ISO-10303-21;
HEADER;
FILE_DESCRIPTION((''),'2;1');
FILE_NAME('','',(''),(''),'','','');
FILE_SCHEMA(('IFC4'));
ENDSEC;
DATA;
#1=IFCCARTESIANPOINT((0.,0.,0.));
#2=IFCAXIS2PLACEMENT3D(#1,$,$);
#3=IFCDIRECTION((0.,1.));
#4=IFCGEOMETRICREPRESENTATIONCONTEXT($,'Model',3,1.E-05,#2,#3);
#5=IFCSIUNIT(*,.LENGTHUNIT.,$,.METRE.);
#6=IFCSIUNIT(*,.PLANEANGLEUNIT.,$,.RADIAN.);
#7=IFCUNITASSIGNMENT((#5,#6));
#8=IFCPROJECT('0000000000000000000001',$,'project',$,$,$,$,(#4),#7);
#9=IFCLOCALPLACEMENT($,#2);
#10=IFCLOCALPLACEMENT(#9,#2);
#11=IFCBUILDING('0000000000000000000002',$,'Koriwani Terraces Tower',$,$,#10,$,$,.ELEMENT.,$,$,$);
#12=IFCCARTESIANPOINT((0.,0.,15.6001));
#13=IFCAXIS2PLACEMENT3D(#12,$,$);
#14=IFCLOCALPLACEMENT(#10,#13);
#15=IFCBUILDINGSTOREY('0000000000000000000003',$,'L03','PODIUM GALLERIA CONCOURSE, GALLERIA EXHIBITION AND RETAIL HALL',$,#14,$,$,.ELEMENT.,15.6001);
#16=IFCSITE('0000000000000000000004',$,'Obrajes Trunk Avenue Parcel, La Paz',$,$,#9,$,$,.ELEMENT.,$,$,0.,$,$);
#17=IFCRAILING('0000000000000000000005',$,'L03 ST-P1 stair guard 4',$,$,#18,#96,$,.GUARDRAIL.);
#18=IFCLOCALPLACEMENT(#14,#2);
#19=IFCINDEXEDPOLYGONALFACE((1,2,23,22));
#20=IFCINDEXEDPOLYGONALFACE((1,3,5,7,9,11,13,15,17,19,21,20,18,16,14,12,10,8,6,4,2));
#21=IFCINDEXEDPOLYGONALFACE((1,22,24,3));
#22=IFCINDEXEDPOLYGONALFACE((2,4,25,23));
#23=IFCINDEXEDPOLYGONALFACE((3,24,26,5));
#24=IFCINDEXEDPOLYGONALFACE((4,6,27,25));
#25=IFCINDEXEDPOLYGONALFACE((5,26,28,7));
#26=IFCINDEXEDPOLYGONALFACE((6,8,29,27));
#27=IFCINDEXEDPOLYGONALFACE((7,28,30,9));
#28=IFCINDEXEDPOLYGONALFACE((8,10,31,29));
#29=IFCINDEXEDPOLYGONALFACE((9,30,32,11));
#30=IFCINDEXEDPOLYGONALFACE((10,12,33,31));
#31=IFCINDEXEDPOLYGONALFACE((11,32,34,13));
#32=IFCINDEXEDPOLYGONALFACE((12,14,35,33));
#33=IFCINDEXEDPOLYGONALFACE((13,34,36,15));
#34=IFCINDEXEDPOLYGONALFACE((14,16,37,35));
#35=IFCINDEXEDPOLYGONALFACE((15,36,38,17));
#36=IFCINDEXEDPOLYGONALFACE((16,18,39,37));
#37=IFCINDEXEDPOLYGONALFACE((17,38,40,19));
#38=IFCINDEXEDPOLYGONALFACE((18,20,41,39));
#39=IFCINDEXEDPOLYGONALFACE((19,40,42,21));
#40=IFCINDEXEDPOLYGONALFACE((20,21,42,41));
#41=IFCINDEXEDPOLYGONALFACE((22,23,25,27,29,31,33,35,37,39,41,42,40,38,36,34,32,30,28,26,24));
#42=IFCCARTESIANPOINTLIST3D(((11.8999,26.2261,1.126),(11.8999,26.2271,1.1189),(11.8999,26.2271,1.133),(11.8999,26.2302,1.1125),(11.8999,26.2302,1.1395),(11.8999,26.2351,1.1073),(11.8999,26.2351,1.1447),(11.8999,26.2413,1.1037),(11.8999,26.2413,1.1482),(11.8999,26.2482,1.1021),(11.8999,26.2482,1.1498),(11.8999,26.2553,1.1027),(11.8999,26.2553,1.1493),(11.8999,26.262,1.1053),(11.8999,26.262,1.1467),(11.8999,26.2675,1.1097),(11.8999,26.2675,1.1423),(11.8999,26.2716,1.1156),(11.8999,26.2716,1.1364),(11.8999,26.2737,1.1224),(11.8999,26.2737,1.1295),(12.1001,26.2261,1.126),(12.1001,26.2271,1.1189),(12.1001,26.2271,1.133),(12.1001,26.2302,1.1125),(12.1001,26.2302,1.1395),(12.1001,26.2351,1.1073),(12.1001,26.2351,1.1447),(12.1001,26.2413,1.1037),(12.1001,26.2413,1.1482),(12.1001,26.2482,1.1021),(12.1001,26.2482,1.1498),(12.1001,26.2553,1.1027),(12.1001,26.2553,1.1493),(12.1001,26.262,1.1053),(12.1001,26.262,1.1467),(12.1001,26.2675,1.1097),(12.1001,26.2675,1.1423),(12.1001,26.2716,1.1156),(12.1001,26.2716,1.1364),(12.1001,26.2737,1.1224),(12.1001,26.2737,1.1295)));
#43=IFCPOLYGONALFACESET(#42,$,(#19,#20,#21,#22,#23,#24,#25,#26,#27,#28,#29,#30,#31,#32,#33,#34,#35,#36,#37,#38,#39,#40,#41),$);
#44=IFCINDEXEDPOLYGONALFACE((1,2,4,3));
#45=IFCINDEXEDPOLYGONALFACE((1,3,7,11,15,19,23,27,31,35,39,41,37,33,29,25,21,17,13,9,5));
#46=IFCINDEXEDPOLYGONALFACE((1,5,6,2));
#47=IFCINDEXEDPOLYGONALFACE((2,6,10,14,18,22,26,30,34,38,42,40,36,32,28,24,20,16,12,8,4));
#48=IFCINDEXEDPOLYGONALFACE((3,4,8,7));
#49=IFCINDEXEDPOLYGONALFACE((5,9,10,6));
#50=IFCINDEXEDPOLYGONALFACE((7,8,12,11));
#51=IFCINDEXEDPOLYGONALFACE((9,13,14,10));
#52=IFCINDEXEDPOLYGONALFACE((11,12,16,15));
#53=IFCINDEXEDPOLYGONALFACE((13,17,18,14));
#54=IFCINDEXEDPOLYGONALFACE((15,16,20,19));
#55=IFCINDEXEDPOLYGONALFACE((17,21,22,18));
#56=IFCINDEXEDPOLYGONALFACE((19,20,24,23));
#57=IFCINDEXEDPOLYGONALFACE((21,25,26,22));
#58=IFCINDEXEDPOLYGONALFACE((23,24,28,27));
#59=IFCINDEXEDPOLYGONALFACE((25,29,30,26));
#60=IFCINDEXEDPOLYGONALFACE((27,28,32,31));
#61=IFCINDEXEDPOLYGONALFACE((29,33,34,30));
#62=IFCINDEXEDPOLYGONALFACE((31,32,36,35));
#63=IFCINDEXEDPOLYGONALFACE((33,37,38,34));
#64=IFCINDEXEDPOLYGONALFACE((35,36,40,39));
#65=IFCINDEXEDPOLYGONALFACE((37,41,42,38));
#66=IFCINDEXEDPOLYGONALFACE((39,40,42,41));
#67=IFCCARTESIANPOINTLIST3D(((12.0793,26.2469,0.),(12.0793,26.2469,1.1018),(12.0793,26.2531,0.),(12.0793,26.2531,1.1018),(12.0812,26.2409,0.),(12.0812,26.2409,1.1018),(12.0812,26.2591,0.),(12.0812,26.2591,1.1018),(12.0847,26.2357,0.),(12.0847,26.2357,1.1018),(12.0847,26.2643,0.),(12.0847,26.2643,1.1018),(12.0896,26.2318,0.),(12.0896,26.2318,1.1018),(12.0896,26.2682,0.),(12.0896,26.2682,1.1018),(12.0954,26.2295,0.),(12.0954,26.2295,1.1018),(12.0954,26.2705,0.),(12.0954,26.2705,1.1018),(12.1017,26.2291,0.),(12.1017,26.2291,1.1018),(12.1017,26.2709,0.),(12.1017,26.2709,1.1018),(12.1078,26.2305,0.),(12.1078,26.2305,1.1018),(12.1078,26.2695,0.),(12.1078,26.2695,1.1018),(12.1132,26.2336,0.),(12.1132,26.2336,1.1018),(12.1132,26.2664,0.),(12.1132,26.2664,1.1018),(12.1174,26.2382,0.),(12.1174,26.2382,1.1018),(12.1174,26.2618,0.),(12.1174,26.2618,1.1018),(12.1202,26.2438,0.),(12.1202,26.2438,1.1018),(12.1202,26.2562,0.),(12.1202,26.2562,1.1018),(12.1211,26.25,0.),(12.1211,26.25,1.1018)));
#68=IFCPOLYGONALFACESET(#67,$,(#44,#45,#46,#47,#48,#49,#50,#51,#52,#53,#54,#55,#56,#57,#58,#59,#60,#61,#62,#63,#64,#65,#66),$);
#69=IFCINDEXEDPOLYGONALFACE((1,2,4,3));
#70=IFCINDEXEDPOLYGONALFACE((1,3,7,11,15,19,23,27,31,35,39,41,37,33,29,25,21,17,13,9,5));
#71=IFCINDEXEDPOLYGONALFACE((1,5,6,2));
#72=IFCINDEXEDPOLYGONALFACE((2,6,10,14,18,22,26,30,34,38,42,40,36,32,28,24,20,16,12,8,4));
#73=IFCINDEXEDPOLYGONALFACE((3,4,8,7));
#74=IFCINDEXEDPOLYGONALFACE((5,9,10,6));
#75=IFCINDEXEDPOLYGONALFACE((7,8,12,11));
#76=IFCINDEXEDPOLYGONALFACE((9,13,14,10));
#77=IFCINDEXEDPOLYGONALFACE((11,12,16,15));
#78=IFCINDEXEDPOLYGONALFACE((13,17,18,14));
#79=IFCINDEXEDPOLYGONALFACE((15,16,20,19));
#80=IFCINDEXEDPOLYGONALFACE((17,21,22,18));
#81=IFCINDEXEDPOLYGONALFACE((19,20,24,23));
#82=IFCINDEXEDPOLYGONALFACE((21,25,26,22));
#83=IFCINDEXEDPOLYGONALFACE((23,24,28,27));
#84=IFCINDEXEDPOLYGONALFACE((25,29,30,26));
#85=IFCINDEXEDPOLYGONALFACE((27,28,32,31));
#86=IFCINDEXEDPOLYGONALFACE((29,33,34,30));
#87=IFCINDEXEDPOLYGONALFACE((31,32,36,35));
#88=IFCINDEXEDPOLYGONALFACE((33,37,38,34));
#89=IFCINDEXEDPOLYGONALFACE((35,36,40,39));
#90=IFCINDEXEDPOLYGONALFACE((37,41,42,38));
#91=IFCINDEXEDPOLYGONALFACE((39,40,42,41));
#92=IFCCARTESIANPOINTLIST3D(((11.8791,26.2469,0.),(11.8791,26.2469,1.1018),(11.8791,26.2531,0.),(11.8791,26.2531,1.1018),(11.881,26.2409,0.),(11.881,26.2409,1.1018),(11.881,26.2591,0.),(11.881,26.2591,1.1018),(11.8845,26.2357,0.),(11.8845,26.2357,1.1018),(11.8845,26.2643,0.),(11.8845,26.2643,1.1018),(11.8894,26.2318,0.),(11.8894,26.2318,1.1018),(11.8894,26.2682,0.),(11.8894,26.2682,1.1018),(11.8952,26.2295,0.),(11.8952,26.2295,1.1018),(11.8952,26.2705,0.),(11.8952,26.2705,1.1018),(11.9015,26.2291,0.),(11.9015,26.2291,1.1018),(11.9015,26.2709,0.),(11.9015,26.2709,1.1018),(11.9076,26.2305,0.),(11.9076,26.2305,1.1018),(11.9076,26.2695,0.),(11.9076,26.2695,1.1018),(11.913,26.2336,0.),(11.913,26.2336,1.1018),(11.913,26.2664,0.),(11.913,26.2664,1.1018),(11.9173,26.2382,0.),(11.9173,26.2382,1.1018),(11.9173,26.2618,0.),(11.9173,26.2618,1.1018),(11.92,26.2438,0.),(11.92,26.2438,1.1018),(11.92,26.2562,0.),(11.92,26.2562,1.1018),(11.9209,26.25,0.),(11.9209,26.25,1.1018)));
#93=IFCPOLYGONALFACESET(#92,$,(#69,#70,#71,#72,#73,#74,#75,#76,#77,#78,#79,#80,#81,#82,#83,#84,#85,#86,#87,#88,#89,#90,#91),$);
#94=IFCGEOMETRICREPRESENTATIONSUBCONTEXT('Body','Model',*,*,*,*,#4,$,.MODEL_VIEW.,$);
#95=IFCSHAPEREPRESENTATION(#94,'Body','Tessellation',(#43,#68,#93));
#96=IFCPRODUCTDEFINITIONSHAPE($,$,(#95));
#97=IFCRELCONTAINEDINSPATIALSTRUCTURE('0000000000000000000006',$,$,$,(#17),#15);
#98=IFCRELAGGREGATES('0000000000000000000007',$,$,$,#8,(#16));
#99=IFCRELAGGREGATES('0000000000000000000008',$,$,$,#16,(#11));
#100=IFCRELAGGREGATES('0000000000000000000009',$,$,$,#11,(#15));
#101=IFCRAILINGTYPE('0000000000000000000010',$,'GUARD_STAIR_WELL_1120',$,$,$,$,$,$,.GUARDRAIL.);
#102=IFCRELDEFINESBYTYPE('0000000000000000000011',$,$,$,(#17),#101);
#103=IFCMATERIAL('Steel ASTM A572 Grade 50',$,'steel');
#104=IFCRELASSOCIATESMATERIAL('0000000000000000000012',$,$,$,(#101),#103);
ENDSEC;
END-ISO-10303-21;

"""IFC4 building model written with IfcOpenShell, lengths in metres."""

from ifc_helpers import new_model, si_unit, direction, frame, origin, origin_2d, place, context, subcontext, project, spatial, circle, extrude, material, type_object, element, save


model = new_model("IFC4")

# Units and contexts
model_context = context("Model", 3, precision=1e-05, world=origin(), true_north=direction((0.0, 1.0)))
body_context = subcontext(model_context, "Body", "Model", "MODEL_VIEW")
ifc_project = project(units=[si_unit("LENGTHUNIT", "METRE"), si_unit("PLANEANGLEUNIT", "RADIAN")], contexts=[model_context])

# Site, building, storey
site_placement = place(None, origin())
site = spatial("IfcSite", under=ifc_project, at=site_placement, Name="Obrajes Trunk Avenue Parcel, La Paz", CompositionType="ELEMENT", RefElevation=0.0)
building_placement = place(site_placement, origin())
building = spatial("IfcBuilding", under=site, at=building_placement, Name="Koriwani Terraces Tower", CompositionType="ELEMENT")
storey_placement = place(building_placement, frame((0.0, 0.0, 15.6001)))
storey = spatial("IfcBuildingStorey", under=building, at=storey_placement, Name="L03", Description="PODIUM GALLERIA CONCOURSE, GALLERIA EXHIBITION AND RETAIL HALL", CompositionType="ELEMENT", Elevation=15.6001)

# Shared definitions
ifc_material_1 = material(Name="Steel ASTM A572 Grade 50", Category="steel")

# Railing
railing_type_1 = type_object("IfcRailingType", Name="GUARD_STAIR_WELL_1120", PredefinedType="GUARDRAIL", material=ifc_material_1)
railing_1_placement = place(storey_placement, frame((12.1001, 26.25, 0.0)))
element("IfcRailing", 1, at=railing_1_placement, inside=storey, type_object=railing_type_1, Name="L03 ST-P1 stair guard 4", PredefinedType="GUARDRAIL", context=body_context, shape_type="SweptSolid", body=[
    extrude(circle(Radius=0.0239, at=origin_2d()), frame((0.0, 0.0, 1.126), z_axis=(-1.0, 0.0, 0.0), x_axis=(0.0, -1.0, 0.0)), (0.0, 0.0, 1.0), 0.2002),
    extrude(circle(Radius=0.021, at=origin_2d()), origin(), (0.0, 0.0, 1.0), 1.1018),
    extrude(circle(Radius=0.021, at=origin_2d()), frame((-0.2002, 0.0, 0.0)), (0.0, 0.0, 1.0), 1.1018),
])

save(model, "model.ifc")
